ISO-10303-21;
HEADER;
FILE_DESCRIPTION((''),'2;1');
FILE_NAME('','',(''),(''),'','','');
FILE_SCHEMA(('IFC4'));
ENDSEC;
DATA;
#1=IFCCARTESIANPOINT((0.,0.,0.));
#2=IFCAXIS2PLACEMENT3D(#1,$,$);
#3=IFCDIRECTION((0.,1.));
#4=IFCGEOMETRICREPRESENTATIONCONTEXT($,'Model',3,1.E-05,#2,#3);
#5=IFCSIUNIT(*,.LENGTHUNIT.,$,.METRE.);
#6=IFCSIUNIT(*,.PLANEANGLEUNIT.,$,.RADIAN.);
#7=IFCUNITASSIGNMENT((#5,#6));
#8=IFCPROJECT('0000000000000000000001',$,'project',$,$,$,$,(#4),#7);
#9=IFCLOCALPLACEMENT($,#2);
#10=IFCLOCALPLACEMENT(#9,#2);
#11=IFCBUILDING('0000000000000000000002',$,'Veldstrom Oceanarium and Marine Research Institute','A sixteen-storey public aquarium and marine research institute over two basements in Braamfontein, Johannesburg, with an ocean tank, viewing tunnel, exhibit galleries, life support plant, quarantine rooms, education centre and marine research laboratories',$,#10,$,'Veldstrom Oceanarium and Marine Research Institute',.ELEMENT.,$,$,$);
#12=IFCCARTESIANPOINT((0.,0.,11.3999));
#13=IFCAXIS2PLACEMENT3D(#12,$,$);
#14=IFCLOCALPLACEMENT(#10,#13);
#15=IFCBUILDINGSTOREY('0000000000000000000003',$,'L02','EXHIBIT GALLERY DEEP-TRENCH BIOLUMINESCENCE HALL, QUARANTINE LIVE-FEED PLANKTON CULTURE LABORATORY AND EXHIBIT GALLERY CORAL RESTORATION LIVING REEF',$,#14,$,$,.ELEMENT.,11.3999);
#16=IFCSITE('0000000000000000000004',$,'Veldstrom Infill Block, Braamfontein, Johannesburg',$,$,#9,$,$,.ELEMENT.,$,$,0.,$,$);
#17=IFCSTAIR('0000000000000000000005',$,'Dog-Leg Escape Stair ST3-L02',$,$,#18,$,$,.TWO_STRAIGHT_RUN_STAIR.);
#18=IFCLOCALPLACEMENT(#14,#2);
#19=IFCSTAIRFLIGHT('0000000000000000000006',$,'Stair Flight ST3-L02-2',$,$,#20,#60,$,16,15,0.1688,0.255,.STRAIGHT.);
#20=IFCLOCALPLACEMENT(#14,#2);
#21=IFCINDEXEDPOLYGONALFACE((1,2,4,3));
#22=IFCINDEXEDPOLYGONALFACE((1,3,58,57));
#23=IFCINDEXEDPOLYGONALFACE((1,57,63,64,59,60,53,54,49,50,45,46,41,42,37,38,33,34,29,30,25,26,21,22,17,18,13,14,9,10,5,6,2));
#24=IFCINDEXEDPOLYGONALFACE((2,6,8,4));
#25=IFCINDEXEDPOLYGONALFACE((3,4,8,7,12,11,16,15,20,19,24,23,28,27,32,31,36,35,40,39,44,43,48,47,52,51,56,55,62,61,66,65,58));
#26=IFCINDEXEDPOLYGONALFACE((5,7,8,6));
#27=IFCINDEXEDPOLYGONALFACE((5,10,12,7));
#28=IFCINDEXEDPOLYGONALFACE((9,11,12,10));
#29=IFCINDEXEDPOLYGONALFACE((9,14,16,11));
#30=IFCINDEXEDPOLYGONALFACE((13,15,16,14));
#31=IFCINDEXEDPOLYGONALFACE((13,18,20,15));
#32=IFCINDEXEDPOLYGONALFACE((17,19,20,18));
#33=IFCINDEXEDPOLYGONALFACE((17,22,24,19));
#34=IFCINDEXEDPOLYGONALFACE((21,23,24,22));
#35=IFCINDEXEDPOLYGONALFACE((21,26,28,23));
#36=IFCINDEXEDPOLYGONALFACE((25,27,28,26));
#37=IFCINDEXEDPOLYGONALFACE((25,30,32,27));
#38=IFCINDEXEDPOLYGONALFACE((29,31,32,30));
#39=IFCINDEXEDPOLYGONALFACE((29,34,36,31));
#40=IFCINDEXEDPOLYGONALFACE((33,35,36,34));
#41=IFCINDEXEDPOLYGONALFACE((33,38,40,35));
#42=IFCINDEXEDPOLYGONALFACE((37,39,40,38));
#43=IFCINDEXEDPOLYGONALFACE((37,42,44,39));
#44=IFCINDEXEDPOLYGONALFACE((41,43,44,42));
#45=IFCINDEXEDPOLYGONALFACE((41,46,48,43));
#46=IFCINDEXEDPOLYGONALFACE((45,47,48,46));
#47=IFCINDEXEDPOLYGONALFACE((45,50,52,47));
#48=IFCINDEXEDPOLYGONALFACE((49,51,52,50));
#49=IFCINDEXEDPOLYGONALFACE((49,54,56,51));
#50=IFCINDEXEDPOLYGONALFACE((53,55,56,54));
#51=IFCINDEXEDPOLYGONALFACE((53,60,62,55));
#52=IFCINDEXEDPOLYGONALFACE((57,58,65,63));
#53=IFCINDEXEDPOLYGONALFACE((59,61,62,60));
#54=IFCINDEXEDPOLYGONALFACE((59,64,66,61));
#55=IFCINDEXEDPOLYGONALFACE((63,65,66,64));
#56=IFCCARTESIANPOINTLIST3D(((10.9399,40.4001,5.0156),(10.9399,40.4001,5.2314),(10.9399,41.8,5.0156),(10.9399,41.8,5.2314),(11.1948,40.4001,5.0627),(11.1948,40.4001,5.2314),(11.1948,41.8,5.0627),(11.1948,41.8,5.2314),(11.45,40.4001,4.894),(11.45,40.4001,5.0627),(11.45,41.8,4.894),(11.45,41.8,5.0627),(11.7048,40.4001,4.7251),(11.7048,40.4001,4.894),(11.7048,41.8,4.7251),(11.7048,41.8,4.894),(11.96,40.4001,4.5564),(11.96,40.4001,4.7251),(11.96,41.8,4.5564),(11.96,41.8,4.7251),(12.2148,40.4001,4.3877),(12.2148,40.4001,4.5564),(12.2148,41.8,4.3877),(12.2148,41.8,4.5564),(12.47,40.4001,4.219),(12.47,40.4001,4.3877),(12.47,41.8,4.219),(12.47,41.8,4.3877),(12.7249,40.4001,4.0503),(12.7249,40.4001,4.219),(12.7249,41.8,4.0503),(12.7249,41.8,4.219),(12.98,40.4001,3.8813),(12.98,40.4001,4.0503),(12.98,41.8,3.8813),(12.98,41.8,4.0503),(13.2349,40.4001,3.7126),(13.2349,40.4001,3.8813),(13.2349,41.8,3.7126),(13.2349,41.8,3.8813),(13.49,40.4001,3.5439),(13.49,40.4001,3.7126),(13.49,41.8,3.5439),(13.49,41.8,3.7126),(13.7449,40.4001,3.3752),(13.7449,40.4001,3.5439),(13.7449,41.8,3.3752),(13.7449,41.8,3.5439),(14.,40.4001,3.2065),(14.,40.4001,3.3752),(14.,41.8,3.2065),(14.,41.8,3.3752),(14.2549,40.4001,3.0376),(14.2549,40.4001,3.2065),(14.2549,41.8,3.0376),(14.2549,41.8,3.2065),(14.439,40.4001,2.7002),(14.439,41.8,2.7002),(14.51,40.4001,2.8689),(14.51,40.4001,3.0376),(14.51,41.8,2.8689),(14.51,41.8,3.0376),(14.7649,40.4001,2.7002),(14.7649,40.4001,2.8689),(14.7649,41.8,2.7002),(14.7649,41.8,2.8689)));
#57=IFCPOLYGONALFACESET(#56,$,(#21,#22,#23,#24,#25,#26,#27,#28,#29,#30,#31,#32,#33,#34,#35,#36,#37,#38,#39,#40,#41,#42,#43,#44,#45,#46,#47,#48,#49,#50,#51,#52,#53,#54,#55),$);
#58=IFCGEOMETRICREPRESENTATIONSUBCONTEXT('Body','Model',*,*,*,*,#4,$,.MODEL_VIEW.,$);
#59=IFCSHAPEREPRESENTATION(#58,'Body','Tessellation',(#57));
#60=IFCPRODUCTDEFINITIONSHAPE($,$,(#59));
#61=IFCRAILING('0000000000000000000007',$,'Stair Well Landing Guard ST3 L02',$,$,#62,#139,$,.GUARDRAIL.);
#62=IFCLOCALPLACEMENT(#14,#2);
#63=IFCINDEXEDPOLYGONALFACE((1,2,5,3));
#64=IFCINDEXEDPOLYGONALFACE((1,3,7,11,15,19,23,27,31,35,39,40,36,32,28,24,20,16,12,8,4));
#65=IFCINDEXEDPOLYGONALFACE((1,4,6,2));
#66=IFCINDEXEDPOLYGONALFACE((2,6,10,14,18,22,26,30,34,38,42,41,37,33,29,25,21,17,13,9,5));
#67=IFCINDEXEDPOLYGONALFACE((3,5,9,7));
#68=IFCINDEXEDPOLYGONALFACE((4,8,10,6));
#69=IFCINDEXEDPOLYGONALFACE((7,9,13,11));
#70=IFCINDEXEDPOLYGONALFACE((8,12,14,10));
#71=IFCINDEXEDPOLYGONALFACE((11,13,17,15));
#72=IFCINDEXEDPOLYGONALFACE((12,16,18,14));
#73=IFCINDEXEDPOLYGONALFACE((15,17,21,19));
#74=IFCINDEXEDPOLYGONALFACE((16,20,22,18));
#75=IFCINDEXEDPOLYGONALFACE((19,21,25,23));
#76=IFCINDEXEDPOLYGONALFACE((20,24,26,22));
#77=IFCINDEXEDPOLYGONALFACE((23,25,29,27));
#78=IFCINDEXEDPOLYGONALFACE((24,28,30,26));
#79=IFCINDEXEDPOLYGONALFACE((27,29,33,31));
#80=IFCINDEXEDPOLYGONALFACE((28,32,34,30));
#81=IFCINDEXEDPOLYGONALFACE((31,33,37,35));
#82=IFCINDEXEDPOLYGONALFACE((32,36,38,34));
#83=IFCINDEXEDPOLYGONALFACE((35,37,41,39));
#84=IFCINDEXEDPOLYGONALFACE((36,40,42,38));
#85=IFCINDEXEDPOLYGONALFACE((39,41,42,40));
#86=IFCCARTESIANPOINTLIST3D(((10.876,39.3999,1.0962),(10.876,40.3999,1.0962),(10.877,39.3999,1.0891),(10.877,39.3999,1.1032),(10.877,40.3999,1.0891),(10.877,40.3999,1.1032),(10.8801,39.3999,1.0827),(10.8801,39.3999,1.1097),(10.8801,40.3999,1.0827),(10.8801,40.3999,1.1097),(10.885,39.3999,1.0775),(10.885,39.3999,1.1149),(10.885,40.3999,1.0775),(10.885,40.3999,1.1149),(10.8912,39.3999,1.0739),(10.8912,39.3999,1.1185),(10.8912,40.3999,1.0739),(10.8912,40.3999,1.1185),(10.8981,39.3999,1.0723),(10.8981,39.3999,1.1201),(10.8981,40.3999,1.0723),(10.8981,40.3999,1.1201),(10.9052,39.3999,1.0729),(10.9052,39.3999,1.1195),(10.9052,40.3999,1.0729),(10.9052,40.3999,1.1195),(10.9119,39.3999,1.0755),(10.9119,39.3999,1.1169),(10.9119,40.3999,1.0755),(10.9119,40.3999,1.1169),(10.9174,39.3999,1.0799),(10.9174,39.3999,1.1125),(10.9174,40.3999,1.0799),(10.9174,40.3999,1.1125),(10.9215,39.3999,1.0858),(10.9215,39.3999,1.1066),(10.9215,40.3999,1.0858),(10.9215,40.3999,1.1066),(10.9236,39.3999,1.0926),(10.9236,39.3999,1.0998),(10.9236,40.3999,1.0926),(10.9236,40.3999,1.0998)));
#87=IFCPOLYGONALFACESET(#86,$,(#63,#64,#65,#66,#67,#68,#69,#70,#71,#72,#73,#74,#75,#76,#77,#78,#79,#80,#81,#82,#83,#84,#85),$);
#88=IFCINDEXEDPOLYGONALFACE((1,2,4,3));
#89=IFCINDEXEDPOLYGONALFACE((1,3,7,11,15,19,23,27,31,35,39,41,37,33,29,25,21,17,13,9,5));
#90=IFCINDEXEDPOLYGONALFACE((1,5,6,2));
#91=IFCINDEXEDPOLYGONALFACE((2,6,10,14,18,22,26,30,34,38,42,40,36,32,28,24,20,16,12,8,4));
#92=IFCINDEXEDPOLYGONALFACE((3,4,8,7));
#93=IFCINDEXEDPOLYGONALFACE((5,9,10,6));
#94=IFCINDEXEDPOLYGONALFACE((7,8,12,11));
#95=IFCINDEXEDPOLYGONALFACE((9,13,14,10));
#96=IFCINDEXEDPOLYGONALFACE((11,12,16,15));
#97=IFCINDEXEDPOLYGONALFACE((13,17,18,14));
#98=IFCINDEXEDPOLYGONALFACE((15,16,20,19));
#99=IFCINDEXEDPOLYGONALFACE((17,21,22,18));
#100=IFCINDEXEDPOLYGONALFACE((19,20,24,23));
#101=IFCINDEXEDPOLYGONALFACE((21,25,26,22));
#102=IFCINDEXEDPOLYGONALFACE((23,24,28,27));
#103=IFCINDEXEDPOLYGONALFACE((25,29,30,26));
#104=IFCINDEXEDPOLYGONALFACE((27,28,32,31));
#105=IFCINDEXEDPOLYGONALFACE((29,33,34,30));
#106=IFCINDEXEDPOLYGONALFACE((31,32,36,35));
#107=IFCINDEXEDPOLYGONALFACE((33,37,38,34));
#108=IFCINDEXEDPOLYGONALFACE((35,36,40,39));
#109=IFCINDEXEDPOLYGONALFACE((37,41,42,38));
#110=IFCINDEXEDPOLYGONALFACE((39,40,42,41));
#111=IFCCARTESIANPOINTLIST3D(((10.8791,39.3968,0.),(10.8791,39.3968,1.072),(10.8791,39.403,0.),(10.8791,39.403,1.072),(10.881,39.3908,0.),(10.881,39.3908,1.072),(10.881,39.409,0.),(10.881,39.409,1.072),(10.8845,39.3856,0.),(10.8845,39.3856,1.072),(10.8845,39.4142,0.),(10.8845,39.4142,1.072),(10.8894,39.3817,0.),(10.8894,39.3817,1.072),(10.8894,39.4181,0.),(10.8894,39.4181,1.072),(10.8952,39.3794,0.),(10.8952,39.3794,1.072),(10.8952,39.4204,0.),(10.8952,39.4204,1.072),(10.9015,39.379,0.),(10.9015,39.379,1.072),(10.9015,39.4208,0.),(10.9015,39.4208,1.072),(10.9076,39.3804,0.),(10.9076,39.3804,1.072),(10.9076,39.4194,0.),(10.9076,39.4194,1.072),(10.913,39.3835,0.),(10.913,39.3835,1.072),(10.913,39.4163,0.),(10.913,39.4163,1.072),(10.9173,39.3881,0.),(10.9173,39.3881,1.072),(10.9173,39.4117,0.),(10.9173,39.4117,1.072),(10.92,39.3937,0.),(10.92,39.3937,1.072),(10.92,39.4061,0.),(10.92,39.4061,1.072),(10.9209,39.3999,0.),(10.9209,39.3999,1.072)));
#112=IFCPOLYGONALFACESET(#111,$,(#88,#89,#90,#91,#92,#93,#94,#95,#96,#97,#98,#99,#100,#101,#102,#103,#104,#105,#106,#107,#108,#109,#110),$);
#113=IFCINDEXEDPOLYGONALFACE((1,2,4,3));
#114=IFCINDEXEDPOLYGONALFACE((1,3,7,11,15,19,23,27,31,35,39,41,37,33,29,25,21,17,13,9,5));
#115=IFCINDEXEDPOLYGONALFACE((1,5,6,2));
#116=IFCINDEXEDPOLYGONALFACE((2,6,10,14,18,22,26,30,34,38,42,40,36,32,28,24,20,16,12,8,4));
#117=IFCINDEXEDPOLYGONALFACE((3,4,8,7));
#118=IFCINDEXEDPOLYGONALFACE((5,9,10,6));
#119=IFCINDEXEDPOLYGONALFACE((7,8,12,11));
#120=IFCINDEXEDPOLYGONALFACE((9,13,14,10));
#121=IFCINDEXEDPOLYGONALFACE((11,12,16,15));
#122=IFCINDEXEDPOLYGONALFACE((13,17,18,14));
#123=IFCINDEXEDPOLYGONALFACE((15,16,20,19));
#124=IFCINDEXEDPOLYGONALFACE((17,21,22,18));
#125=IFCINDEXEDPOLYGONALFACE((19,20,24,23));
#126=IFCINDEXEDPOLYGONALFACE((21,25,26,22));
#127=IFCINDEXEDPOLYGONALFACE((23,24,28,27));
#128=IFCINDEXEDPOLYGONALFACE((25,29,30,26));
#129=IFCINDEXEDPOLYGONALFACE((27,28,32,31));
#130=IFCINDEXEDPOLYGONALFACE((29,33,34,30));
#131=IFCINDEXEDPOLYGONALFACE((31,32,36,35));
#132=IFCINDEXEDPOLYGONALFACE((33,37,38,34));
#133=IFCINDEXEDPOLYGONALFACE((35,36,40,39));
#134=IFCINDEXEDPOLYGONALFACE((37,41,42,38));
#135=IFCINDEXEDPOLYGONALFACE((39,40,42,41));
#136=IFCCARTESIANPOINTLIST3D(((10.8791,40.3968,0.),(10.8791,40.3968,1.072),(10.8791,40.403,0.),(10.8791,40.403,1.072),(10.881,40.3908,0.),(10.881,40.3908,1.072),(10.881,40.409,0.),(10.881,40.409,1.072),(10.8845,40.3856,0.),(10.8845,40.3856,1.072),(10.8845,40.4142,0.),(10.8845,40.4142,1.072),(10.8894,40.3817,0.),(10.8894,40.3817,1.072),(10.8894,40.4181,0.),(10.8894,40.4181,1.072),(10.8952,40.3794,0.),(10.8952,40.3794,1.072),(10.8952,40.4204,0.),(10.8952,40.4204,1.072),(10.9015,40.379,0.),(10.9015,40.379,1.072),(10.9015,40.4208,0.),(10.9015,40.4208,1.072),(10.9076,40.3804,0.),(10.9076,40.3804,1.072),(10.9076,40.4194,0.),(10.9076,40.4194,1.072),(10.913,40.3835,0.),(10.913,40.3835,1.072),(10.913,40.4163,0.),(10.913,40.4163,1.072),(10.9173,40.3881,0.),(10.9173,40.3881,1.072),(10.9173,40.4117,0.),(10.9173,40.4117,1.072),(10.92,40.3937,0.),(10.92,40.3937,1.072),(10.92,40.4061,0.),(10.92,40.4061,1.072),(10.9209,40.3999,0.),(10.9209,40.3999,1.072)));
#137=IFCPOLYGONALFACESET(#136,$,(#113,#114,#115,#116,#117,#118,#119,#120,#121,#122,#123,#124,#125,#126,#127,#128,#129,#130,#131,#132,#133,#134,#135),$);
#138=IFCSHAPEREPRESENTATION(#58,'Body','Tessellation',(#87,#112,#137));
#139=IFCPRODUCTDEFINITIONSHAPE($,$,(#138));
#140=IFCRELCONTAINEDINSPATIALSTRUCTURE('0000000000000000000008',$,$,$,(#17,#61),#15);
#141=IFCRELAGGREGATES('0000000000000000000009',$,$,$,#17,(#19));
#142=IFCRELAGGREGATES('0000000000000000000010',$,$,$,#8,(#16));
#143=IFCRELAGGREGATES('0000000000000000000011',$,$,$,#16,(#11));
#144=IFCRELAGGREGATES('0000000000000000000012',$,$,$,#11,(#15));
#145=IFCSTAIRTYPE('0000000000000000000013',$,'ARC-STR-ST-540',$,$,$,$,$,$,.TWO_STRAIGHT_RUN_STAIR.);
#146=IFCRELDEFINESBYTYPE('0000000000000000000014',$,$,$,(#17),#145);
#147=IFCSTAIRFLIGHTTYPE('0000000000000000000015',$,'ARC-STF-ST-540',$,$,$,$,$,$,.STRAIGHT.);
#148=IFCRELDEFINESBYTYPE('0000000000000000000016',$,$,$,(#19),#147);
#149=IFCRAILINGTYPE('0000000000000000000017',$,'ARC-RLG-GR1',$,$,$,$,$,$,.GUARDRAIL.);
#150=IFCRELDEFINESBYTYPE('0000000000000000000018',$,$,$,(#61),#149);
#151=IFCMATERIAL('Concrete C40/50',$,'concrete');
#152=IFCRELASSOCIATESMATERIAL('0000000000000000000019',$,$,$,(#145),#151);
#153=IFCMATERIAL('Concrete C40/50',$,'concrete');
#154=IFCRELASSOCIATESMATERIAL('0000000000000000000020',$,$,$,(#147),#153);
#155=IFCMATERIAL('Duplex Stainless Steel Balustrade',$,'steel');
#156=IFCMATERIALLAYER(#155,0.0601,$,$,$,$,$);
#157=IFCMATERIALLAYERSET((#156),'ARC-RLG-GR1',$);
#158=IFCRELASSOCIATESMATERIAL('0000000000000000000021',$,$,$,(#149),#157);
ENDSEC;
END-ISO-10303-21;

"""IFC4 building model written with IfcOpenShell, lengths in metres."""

from ifc_helpers import new_model, si_unit, direction, frame, origin, origin_2d, place, context, subcontext, project, spatial, polyline, circle, outline, extrude, material, layer, layer_set, type_object, element, aggregate, save


model = new_model("IFC4")

# Units and contexts
model_context = context("Model", 3, precision=1e-05, world=origin(), true_north=direction((0.0, 1.0)))
body_context = subcontext(model_context, "Body", "Model", "MODEL_VIEW")
ifc_project = project(units=[si_unit("LENGTHUNIT", "METRE"), si_unit("PLANEANGLEUNIT", "RADIAN")], contexts=[model_context])

# Site, building, storey
site_placement = place(None, origin())
site = spatial("IfcSite", under=ifc_project, at=site_placement, Name="Veldstrom Infill Block, Braamfontein, Johannesburg", CompositionType="ELEMENT", RefElevation=0.0)
building_placement = place(site_placement, origin())
building = spatial("IfcBuilding", under=site, at=building_placement, Name="Veldstrom Oceanarium and Marine Research Institute", Description="A sixteen-storey public aquarium and marine research institute over two basements in Braamfontein, Johannesburg, with an ocean tank, viewing tunnel, exhibit galleries, life support plant, quarantine rooms, education centre and marine research laboratories", LongName="Veldstrom Oceanarium and Marine Research Institute", CompositionType="ELEMENT")
storey_placement = place(building_placement, frame((0.0, 0.0, 11.3999)))
storey = spatial("IfcBuildingStorey", under=building, at=storey_placement, Name="L02", Description="EXHIBIT GALLERY DEEP-TRENCH BIOLUMINESCENCE HALL, QUARANTINE LIVE-FEED PLANKTON CULTURE LABORATORY AND EXHIBIT GALLERY CORAL RESTORATION LIVING REEF", CompositionType="ELEMENT", Elevation=11.3999)

# Stair, stair flight
ifc_material_1 = material(Name="Concrete C40/50", Category="concrete")
stair_type = type_object("IfcStairType", Name="ARC-STR-ST-540", PredefinedType="TWO_STRAIGHT_RUN_STAIR", material=ifc_material_1)
stair_placement = place(storey_placement, origin())
stair = element("IfcStair", 1, at=stair_placement, inside=storey, type_object=stair_type, Name="Dog-Leg Escape Stair ST3-L02", PredefinedType="TWO_STRAIGHT_RUN_STAIR")
ifc_material_2 = material(Name="Concrete C40/50", Category="concrete")
stair_flight_type = type_object("IfcStairFlightType", Name="ARC-STF-ST-540", PredefinedType="STRAIGHT", material=ifc_material_2)
stair_flight_1_placement = place(storey_placement, frame((14.7649, 41.1001, 2.7002), z_axis=(0.0, 0.0, 1.0), x_axis=(-1.0, 0.0, 0.0)))
stair_flight_1 = element("IfcStairFlight", 2, at=stair_flight_1_placement, type_object=stair_flight_type, Name="Stair Flight ST3-L02-2", NumberOfRisers=16, NumberOfTreads=15, PredefinedType="STRAIGHT", RiserHeight=0.1688, TreadLength=0.255, context=body_context, shape_type="SweptSolid", body=[
    extrude(outline(polyline([(0.0, 0.0), (0.0, 0.1687), (0.2549, 0.1687), (0.2549, 0.3374), (0.51, 0.3374), (0.51, 0.5063), (0.7649, 0.5063), (0.7649, 0.675), (1.02, 0.675), (1.02, 0.8438), (1.2749, 0.8438), (1.2749, 1.0125), (1.53, 1.0125), (1.53, 1.1812), (1.7849, 1.1812), (1.7849, 1.3501), (2.04, 1.3501), (2.04, 1.5188), (2.2949, 1.5188), (2.2949, 1.6875), (2.55, 1.6875), (2.55, 1.8562), (2.8049, 1.8562), (2.8049, 2.0249), (3.0601, 2.0249), (3.0601, 2.1938), (3.3149, 2.1938), (3.3149, 2.3625), (3.5701, 2.3625), (3.5701, 2.5312), (3.825, 2.5312), (3.825, 2.7), (3.825, 2.3154), (0.3259, 0.0), (0.0, 0.0)])), frame((0.0, 0.7, 0.0), z_axis=(0.0, -1.0, 0.0), x_axis=(1.0, 0.0, 0.0)), (0.0, 0.0, 1.0), 1.3999),
])
aggregate(stair, [stair_flight_1])

# Railing
ifc_material_3 = material(Name="Duplex Stainless Steel Balustrade", Category="steel")
ifc_layer_1 = layer(ifc_material_3, 0.0601)
ifc_layer_set_1 = layer_set([ifc_layer_1], Name="ARC-RLG-GR1")
railing_type_1 = type_object("IfcRailingType", Name="ARC-RLG-GR1", PredefinedType="GUARDRAIL", material=ifc_layer_set_1)
railing_1_placement = place(storey_placement, frame((10.8999, 39.3999, 0.0)))
element("IfcRailing", 3, at=railing_1_placement, inside=storey, type_object=railing_type_1, Name="Stair Well Landing Guard ST3 L02", PredefinedType="GUARDRAIL", context=body_context, shape_type="SweptSolid", body=[
    extrude(circle(Radius=0.0239, at=origin_2d()), frame((0.0, 0.0, 1.0962), z_axis=(0.0, 1.0, 0.0), x_axis=(-1.0, 0.0, 0.0)), (0.0, 0.0, 1.0), 1.0),
    extrude(circle(Radius=0.021, at=origin_2d()), origin(), (0.0, 0.0, 1.0), 1.072),
    extrude(circle(Radius=0.021, at=origin_2d()), frame((0.0, 1.0, 0.0)), (0.0, 0.0, 1.0), 1.072),
])

save(model, "model.ifc")
